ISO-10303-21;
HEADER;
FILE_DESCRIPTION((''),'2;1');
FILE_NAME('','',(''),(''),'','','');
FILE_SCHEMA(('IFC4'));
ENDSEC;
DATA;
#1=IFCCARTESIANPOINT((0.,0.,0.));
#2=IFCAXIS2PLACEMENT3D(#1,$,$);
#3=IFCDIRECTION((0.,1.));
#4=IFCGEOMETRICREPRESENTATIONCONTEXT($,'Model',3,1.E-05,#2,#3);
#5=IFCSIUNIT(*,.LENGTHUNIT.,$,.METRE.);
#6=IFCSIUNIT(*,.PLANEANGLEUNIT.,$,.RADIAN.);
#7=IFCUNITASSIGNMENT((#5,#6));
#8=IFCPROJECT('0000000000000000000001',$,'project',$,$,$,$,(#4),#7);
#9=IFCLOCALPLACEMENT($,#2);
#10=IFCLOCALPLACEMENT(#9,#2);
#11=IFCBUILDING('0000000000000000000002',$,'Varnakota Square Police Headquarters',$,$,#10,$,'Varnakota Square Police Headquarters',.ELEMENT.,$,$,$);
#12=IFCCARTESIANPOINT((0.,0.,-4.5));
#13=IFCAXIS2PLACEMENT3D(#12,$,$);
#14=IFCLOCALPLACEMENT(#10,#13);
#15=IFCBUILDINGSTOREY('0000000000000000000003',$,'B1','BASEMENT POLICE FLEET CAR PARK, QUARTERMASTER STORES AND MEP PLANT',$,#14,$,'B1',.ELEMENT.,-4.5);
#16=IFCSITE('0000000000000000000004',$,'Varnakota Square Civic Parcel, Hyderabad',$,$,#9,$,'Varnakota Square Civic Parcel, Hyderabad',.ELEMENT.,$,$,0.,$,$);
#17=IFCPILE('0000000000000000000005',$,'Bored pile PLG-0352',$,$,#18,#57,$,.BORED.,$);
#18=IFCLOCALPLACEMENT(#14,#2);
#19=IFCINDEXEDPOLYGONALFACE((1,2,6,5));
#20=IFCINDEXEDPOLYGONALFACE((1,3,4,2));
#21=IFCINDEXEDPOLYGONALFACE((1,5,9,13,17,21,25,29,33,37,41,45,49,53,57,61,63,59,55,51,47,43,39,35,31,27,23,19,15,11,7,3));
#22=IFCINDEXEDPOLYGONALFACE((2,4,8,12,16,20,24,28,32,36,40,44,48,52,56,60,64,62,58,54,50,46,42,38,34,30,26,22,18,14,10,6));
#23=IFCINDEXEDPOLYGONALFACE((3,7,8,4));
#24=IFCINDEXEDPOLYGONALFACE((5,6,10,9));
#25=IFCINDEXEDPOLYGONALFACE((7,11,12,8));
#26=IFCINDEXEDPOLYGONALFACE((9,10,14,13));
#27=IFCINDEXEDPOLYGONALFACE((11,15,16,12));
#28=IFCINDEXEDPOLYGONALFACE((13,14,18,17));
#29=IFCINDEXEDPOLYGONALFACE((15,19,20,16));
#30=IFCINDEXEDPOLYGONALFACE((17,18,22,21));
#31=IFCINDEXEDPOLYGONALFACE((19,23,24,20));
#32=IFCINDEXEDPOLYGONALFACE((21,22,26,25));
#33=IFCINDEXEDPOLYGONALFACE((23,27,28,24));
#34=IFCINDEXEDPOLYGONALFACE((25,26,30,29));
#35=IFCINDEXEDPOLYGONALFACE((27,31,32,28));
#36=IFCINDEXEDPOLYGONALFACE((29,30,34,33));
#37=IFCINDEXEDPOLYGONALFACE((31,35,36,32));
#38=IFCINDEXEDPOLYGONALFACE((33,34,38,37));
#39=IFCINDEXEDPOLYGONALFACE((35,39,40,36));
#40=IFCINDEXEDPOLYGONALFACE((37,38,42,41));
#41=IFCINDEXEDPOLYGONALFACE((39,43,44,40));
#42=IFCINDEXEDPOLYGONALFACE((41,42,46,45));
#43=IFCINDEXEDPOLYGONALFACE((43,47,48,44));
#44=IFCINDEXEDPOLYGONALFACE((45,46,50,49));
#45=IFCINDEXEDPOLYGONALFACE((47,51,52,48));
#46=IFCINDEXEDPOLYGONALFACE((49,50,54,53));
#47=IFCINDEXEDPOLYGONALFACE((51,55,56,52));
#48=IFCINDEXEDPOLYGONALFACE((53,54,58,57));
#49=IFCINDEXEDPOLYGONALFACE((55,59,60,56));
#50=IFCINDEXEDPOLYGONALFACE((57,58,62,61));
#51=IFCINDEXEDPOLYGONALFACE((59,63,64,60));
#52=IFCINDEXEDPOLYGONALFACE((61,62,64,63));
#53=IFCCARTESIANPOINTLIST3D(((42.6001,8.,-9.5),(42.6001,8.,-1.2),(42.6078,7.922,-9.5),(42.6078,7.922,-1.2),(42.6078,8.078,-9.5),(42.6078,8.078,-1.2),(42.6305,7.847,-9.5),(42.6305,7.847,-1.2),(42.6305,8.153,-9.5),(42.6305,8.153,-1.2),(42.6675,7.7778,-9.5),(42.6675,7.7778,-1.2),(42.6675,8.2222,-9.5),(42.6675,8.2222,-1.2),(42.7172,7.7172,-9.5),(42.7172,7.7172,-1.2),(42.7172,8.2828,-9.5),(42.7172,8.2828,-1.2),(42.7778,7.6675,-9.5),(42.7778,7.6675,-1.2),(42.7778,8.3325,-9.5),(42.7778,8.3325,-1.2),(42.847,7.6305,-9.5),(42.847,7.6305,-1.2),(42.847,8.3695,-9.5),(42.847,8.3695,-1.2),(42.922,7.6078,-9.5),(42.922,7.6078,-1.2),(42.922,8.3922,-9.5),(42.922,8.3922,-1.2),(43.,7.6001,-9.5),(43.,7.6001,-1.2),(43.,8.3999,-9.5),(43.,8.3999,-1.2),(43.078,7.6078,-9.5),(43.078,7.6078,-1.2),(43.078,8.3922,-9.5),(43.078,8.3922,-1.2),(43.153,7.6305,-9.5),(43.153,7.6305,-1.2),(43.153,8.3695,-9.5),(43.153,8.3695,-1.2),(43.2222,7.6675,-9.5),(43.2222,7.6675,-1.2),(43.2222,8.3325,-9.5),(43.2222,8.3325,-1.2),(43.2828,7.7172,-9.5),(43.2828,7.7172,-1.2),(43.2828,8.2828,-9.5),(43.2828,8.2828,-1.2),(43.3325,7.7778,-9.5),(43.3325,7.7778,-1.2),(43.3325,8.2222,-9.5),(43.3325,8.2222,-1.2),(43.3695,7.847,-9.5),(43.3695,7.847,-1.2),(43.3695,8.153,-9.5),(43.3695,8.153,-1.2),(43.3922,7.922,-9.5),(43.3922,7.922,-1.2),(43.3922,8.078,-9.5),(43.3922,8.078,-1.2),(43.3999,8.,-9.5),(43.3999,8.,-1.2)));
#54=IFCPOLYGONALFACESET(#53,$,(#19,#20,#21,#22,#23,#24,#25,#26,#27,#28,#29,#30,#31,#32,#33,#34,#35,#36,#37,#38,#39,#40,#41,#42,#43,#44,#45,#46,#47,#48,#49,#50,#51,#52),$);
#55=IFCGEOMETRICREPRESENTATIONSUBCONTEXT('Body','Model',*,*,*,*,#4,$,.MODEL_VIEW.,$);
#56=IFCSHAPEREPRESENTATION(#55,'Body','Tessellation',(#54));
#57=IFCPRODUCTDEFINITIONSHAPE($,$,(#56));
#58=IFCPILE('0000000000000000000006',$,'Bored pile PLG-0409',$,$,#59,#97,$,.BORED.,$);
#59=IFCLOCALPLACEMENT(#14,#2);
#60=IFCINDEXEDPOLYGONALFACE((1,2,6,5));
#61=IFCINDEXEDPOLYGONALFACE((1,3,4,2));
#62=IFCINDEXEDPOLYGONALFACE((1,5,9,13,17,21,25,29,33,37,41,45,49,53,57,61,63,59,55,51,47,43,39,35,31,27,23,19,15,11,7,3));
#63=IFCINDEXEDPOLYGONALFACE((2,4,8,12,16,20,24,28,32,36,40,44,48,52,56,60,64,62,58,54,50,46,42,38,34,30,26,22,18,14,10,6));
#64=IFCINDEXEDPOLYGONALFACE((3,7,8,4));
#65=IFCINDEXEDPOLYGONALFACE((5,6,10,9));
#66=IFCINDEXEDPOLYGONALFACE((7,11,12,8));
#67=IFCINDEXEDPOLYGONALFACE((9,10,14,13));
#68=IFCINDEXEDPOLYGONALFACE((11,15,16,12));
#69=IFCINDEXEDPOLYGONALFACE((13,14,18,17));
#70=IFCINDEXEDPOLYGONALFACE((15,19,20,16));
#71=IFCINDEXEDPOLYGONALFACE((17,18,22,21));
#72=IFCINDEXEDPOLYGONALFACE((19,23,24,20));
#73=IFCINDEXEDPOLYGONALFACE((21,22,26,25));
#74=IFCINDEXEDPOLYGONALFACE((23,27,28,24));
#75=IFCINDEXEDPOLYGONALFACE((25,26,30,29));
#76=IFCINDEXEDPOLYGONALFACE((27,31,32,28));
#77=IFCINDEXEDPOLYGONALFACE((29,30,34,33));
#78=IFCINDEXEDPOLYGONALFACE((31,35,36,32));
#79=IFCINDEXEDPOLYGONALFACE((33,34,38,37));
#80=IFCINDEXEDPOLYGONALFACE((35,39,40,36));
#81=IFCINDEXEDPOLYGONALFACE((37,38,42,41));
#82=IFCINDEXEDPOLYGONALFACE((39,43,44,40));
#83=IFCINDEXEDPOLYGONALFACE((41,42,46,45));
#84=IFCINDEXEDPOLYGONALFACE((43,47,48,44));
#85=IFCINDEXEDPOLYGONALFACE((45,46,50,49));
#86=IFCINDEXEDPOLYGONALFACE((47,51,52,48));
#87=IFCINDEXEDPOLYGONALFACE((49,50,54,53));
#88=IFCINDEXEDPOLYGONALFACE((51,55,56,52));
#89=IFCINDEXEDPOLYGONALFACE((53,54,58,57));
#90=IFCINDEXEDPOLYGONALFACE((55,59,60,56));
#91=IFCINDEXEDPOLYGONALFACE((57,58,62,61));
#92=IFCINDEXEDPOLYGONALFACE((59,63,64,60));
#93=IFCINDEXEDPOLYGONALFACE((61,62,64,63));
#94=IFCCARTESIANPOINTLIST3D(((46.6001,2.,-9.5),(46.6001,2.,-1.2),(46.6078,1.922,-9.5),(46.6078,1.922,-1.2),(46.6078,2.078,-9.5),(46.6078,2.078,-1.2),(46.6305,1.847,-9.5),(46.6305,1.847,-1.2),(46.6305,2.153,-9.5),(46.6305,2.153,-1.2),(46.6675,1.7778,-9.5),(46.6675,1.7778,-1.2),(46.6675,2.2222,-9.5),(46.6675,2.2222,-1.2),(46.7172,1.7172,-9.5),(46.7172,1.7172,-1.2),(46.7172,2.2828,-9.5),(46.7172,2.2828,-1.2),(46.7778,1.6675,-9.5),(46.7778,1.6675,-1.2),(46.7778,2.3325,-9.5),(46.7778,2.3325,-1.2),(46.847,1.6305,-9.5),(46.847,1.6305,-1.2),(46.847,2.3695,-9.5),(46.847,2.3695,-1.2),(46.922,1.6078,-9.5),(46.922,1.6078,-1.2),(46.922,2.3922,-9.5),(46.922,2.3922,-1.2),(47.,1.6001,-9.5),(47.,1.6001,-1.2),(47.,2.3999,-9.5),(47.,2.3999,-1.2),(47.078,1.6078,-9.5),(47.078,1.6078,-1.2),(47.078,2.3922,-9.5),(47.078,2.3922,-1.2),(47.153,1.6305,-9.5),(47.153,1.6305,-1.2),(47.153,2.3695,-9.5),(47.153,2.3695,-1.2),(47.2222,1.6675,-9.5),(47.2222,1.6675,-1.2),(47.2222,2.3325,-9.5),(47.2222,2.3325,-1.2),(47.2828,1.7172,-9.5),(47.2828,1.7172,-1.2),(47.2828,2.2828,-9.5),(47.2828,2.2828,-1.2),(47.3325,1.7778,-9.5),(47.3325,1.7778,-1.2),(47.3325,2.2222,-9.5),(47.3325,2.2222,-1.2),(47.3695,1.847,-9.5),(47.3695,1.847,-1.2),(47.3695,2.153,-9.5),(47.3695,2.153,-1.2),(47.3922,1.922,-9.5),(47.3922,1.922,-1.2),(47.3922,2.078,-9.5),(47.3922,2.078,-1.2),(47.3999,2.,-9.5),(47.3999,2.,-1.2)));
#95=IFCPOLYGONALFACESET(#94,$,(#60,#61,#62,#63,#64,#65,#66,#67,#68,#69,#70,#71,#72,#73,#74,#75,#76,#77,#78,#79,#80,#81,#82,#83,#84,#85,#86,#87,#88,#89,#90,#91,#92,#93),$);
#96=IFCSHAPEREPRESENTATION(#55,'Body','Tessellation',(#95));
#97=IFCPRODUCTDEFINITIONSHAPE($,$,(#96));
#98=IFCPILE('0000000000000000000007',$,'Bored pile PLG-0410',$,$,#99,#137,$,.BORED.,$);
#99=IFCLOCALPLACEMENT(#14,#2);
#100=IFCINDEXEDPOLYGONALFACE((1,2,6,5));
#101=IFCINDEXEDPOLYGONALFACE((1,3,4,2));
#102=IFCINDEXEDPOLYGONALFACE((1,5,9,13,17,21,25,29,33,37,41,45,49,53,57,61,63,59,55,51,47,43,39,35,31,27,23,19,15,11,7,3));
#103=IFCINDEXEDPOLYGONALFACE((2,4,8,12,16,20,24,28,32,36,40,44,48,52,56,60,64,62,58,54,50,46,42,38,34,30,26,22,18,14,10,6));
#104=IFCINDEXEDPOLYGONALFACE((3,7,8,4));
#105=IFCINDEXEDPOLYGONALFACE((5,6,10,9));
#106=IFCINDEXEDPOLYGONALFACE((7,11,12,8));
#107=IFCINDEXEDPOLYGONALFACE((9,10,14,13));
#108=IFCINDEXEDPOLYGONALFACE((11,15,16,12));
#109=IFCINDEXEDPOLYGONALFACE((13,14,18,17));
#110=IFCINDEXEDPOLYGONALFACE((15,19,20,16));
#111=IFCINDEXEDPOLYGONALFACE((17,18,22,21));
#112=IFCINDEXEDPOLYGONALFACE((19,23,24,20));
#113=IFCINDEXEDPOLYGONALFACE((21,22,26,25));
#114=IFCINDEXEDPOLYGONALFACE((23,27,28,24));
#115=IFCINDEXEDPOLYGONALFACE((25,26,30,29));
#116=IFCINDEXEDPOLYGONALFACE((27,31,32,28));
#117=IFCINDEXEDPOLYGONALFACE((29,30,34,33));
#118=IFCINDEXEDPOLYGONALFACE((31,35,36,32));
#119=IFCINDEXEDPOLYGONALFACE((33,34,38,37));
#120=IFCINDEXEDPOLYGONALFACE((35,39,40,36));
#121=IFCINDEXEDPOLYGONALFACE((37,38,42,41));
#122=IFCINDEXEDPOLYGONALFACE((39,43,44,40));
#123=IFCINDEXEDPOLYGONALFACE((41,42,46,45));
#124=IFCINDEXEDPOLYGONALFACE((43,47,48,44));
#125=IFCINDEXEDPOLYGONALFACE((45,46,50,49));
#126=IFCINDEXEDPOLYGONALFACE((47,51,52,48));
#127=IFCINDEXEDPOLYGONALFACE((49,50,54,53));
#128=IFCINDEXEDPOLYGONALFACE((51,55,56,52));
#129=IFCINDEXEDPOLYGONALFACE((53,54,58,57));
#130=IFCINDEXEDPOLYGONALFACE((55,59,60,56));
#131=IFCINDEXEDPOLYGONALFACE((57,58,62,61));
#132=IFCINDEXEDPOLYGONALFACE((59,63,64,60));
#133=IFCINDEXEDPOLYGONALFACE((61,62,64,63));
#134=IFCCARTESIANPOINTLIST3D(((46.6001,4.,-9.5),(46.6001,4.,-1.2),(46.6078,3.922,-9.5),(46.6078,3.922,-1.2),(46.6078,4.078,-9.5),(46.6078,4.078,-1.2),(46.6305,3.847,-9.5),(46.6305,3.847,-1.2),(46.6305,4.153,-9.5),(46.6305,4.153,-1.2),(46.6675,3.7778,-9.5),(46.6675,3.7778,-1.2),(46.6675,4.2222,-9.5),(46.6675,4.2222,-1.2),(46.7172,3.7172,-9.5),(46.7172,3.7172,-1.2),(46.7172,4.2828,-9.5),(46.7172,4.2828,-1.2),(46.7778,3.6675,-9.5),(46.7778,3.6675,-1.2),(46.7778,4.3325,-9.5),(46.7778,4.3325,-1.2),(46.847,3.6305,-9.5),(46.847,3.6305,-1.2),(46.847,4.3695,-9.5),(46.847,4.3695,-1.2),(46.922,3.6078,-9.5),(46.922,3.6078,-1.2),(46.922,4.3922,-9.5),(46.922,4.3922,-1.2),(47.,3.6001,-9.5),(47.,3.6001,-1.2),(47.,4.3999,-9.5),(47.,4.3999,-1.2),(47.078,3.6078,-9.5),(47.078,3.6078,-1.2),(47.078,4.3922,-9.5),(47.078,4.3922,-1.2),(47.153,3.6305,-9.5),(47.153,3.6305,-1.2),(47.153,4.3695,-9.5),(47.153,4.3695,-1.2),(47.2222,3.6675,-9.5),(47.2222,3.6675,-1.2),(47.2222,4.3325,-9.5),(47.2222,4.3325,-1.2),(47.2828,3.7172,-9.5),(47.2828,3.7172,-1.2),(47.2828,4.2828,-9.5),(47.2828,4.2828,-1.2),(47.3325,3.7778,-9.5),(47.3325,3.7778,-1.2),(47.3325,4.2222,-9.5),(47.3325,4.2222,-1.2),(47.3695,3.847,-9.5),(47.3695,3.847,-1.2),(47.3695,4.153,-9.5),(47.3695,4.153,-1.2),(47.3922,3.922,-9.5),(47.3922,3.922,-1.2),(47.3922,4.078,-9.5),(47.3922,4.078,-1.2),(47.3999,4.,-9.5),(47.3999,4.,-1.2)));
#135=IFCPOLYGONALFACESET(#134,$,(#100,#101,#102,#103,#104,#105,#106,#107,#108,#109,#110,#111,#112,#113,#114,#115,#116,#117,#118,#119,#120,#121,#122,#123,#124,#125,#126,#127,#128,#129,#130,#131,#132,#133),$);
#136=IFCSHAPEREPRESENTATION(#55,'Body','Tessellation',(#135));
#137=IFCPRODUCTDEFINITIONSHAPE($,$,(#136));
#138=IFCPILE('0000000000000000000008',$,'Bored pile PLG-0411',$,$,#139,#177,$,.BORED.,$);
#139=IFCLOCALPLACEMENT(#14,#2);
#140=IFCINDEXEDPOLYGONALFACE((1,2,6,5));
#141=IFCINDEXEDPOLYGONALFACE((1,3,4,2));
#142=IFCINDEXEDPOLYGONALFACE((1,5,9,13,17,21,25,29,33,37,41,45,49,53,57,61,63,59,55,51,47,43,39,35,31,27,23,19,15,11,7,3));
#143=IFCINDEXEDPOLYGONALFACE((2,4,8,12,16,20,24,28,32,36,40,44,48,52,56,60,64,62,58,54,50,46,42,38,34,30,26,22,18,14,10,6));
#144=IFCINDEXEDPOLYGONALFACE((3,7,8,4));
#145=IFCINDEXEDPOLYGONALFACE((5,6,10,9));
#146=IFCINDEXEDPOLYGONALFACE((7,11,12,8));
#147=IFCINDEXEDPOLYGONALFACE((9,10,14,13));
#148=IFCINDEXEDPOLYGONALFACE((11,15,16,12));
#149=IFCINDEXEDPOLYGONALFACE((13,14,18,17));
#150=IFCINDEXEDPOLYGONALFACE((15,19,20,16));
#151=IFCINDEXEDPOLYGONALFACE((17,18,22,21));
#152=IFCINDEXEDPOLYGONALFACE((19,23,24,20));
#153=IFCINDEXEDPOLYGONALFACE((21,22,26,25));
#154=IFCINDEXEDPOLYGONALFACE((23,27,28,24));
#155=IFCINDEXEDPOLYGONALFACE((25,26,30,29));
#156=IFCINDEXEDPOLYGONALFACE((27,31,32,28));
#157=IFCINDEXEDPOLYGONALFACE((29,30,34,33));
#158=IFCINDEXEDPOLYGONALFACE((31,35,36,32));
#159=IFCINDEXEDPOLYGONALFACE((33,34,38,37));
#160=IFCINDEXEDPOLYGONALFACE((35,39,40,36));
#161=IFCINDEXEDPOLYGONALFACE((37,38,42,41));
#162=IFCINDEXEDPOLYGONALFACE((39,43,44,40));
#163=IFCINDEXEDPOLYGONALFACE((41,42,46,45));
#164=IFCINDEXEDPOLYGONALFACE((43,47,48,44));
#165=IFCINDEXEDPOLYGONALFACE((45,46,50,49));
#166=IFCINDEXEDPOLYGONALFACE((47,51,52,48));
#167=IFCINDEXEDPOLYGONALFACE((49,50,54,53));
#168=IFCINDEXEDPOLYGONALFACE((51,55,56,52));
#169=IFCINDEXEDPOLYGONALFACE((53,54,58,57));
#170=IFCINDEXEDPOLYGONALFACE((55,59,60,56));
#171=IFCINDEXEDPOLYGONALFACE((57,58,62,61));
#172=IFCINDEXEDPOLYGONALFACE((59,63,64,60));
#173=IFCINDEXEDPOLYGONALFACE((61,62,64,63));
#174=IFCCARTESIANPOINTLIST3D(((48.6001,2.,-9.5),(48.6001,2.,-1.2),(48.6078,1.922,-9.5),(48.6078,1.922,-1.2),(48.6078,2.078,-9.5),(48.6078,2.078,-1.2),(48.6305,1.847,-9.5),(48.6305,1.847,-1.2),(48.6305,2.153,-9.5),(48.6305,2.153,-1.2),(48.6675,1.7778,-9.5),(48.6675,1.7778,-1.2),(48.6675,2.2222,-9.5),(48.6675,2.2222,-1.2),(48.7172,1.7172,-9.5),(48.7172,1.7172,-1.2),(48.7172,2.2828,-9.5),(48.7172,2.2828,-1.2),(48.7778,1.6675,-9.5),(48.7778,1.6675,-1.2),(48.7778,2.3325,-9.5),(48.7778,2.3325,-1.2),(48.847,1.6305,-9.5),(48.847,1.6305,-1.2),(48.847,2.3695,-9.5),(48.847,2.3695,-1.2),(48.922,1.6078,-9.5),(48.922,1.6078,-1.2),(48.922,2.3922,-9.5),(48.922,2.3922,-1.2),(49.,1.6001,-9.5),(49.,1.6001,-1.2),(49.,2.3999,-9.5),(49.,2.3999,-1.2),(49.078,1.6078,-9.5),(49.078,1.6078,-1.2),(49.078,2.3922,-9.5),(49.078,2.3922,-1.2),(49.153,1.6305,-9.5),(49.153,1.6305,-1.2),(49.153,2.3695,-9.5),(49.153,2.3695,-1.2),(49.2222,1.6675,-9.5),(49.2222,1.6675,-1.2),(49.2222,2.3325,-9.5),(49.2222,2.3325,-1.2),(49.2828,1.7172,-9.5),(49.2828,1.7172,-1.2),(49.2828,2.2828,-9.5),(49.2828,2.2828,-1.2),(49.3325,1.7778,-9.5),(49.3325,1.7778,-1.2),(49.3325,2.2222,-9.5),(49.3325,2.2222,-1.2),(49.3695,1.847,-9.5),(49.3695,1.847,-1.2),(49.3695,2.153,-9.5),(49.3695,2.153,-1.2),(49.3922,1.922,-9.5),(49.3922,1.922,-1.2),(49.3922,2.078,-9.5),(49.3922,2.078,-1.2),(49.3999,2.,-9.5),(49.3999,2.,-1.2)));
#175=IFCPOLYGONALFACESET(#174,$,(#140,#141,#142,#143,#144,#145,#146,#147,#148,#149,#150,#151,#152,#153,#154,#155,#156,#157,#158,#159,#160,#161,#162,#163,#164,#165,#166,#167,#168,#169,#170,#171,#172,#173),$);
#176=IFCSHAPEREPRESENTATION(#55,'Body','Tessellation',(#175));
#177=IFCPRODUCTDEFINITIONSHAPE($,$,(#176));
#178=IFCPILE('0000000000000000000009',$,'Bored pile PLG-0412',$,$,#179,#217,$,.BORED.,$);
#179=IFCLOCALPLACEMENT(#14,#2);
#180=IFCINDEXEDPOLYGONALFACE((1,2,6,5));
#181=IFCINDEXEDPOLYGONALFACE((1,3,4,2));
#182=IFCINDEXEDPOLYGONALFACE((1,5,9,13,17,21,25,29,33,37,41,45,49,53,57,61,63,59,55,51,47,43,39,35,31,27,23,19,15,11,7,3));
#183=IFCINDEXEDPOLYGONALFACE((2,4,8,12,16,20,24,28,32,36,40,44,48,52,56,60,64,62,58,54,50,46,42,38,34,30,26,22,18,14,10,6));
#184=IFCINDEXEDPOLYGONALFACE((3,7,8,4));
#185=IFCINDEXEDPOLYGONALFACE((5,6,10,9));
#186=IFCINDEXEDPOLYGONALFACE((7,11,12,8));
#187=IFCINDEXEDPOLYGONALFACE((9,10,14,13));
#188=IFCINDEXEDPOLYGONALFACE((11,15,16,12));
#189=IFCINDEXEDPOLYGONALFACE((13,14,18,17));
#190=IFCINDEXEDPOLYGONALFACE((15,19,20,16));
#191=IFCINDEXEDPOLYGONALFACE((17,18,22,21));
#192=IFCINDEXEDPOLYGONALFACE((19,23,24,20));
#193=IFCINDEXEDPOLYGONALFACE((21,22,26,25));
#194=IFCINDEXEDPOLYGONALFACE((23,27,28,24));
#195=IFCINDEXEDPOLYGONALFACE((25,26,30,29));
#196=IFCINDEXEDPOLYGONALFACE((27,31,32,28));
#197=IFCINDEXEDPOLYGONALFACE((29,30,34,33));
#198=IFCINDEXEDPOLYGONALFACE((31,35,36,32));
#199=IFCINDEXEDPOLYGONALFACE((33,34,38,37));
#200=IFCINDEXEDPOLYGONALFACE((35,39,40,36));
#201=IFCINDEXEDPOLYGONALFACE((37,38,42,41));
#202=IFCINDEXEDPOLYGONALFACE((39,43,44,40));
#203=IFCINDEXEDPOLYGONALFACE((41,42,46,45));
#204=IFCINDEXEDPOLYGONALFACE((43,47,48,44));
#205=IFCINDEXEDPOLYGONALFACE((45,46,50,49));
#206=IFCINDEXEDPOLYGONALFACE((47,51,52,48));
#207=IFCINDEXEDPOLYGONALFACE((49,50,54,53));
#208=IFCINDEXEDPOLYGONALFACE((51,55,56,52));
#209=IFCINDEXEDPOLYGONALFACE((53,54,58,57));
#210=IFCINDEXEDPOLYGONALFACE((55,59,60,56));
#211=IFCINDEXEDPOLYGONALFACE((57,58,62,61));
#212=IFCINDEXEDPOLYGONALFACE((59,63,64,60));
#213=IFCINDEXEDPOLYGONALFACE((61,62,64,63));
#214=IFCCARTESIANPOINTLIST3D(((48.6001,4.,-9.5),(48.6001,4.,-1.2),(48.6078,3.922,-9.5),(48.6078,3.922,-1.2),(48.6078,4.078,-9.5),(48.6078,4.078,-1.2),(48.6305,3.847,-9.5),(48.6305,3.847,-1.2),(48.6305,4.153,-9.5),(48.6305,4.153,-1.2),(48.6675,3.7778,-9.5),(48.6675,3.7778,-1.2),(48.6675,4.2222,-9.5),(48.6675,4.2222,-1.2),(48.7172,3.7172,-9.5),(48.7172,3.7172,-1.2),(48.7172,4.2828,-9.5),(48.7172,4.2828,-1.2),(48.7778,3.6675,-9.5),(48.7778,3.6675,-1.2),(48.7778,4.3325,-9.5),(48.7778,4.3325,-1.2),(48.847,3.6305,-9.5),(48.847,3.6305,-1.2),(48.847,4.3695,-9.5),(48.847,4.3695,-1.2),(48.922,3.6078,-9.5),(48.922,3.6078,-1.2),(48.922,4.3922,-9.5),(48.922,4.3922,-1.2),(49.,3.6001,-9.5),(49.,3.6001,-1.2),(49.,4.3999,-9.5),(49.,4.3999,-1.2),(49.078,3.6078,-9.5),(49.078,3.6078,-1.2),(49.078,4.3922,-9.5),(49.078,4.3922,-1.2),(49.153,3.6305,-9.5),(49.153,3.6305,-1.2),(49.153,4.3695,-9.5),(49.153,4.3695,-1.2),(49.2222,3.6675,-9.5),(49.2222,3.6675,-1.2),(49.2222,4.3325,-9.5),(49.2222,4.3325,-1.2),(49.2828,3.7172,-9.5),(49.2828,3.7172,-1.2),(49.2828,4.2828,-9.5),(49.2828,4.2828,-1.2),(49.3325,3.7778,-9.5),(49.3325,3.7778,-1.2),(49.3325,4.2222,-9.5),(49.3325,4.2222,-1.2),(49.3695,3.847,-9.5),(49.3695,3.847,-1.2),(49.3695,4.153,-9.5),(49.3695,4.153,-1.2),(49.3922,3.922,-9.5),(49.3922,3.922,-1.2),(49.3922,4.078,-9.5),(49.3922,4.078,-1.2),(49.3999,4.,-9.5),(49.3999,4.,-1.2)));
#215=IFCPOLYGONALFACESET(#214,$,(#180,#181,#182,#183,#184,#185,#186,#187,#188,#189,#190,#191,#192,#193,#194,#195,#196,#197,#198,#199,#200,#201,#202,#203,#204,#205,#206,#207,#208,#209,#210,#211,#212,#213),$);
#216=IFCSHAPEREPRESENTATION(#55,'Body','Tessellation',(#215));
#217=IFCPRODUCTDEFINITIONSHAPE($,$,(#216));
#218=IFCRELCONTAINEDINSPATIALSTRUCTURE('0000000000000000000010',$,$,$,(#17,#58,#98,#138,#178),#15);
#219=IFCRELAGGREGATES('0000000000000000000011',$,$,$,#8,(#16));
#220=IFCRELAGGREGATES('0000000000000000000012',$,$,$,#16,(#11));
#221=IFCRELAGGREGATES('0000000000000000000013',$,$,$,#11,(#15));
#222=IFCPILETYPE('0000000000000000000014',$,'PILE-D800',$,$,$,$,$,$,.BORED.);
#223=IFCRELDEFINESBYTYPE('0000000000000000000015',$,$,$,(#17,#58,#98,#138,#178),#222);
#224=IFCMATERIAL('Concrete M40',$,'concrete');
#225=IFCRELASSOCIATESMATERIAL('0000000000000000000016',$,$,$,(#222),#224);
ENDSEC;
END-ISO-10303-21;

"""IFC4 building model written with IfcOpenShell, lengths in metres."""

from ifc_helpers import new_model, si_unit, direction, frame, origin, origin_2d, place, context, subcontext, project, spatial, circle, extrude, material, material_profile, profile_set, type_object, element, save


model = new_model("IFC4")

# Units and contexts
model_context = context("Model", 3, precision=1e-05, world=origin(), true_north=direction((0.0, 1.0)))
body_context = subcontext(model_context, "Body", "Model", "MODEL_VIEW")
ifc_project = project(units=[si_unit("LENGTHUNIT", "METRE"), si_unit("PLANEANGLEUNIT", "RADIAN")], contexts=[model_context])

# Site, building, storey
site_placement = place(None, origin())
site = spatial("IfcSite", under=ifc_project, at=site_placement, Name="Varnakota Square Civic Parcel, Hyderabad", LongName="Varnakota Square Civic Parcel, Hyderabad", CompositionType="ELEMENT", RefElevation=0.0)
building_placement = place(site_placement, origin())
building = spatial("IfcBuilding", under=site, at=building_placement, Name="Varnakota Square Police Headquarters", LongName="Varnakota Square Police Headquarters", CompositionType="ELEMENT")
storey_placement = place(building_placement, frame((0.0, 0.0, -4.5)))
storey = spatial("IfcBuildingStorey", under=building, at=storey_placement, Name="B1", Description="BASEMENT POLICE FLEET CAR PARK, QUARTERMASTER STORES AND MEP PLANT", LongName="B1", CompositionType="ELEMENT", Elevation=-4.5)

# Shared definitions
ifc_material_1 = material(Name="Concrete M40", Category="concrete")

# Piles
ifc_material_profile_1 = material_profile(ifc_material_1, circle(Radius=0.3999, at=origin_2d()), Name="BORED PILE 800")
ifc_profile_set_1 = profile_set([ifc_material_profile_1], Name="Concrete M40")
pile_type = type_object("IfcPileType", Name="PILE-D800", PredefinedType="BORED", material=ifc_profile_set_1)
for number, where, z_axis, x_axis, name in (
    (1, (43.0, 8.0, -1.2), (0.0, 0.0, -1.0), (1.0, 0.0, 0.0), "Bored pile PLG-0352"),
    (2, (47.0, 2.0, -1.2), (0.0, 0.0, -1.0), (1.0, 0.0, 0.0), "Bored pile PLG-0409"),
    (3, (47.0, 4.0, -1.2), (0.0, 0.0, -1.0), (1.0, 0.0, 0.0), "Bored pile PLG-0410"),
    (4, (49.0, 2.0, -1.2), (0.0, 0.0, -1.0), (1.0, 0.0, 0.0), "Bored pile PLG-0411"),
    (5, (49.0, 4.0, -1.2), (0.0, 0.0, -1.0), (1.0, 0.0, 0.0), "Bored pile PLG-0412"),
):
    element("IfcPile", number, at=place(storey_placement, frame(where, z_axis=z_axis, x_axis=x_axis)), inside=storey, type_object=pile_type, Name=name, PredefinedType="BORED", context=body_context, shape_type="SweptSolid", body=[
        extrude(circle(Radius=0.3999, at=origin_2d()), origin(), (0.0, 0.0, 1.0), 8.3),
    ])

save(model, "model.ifc")
